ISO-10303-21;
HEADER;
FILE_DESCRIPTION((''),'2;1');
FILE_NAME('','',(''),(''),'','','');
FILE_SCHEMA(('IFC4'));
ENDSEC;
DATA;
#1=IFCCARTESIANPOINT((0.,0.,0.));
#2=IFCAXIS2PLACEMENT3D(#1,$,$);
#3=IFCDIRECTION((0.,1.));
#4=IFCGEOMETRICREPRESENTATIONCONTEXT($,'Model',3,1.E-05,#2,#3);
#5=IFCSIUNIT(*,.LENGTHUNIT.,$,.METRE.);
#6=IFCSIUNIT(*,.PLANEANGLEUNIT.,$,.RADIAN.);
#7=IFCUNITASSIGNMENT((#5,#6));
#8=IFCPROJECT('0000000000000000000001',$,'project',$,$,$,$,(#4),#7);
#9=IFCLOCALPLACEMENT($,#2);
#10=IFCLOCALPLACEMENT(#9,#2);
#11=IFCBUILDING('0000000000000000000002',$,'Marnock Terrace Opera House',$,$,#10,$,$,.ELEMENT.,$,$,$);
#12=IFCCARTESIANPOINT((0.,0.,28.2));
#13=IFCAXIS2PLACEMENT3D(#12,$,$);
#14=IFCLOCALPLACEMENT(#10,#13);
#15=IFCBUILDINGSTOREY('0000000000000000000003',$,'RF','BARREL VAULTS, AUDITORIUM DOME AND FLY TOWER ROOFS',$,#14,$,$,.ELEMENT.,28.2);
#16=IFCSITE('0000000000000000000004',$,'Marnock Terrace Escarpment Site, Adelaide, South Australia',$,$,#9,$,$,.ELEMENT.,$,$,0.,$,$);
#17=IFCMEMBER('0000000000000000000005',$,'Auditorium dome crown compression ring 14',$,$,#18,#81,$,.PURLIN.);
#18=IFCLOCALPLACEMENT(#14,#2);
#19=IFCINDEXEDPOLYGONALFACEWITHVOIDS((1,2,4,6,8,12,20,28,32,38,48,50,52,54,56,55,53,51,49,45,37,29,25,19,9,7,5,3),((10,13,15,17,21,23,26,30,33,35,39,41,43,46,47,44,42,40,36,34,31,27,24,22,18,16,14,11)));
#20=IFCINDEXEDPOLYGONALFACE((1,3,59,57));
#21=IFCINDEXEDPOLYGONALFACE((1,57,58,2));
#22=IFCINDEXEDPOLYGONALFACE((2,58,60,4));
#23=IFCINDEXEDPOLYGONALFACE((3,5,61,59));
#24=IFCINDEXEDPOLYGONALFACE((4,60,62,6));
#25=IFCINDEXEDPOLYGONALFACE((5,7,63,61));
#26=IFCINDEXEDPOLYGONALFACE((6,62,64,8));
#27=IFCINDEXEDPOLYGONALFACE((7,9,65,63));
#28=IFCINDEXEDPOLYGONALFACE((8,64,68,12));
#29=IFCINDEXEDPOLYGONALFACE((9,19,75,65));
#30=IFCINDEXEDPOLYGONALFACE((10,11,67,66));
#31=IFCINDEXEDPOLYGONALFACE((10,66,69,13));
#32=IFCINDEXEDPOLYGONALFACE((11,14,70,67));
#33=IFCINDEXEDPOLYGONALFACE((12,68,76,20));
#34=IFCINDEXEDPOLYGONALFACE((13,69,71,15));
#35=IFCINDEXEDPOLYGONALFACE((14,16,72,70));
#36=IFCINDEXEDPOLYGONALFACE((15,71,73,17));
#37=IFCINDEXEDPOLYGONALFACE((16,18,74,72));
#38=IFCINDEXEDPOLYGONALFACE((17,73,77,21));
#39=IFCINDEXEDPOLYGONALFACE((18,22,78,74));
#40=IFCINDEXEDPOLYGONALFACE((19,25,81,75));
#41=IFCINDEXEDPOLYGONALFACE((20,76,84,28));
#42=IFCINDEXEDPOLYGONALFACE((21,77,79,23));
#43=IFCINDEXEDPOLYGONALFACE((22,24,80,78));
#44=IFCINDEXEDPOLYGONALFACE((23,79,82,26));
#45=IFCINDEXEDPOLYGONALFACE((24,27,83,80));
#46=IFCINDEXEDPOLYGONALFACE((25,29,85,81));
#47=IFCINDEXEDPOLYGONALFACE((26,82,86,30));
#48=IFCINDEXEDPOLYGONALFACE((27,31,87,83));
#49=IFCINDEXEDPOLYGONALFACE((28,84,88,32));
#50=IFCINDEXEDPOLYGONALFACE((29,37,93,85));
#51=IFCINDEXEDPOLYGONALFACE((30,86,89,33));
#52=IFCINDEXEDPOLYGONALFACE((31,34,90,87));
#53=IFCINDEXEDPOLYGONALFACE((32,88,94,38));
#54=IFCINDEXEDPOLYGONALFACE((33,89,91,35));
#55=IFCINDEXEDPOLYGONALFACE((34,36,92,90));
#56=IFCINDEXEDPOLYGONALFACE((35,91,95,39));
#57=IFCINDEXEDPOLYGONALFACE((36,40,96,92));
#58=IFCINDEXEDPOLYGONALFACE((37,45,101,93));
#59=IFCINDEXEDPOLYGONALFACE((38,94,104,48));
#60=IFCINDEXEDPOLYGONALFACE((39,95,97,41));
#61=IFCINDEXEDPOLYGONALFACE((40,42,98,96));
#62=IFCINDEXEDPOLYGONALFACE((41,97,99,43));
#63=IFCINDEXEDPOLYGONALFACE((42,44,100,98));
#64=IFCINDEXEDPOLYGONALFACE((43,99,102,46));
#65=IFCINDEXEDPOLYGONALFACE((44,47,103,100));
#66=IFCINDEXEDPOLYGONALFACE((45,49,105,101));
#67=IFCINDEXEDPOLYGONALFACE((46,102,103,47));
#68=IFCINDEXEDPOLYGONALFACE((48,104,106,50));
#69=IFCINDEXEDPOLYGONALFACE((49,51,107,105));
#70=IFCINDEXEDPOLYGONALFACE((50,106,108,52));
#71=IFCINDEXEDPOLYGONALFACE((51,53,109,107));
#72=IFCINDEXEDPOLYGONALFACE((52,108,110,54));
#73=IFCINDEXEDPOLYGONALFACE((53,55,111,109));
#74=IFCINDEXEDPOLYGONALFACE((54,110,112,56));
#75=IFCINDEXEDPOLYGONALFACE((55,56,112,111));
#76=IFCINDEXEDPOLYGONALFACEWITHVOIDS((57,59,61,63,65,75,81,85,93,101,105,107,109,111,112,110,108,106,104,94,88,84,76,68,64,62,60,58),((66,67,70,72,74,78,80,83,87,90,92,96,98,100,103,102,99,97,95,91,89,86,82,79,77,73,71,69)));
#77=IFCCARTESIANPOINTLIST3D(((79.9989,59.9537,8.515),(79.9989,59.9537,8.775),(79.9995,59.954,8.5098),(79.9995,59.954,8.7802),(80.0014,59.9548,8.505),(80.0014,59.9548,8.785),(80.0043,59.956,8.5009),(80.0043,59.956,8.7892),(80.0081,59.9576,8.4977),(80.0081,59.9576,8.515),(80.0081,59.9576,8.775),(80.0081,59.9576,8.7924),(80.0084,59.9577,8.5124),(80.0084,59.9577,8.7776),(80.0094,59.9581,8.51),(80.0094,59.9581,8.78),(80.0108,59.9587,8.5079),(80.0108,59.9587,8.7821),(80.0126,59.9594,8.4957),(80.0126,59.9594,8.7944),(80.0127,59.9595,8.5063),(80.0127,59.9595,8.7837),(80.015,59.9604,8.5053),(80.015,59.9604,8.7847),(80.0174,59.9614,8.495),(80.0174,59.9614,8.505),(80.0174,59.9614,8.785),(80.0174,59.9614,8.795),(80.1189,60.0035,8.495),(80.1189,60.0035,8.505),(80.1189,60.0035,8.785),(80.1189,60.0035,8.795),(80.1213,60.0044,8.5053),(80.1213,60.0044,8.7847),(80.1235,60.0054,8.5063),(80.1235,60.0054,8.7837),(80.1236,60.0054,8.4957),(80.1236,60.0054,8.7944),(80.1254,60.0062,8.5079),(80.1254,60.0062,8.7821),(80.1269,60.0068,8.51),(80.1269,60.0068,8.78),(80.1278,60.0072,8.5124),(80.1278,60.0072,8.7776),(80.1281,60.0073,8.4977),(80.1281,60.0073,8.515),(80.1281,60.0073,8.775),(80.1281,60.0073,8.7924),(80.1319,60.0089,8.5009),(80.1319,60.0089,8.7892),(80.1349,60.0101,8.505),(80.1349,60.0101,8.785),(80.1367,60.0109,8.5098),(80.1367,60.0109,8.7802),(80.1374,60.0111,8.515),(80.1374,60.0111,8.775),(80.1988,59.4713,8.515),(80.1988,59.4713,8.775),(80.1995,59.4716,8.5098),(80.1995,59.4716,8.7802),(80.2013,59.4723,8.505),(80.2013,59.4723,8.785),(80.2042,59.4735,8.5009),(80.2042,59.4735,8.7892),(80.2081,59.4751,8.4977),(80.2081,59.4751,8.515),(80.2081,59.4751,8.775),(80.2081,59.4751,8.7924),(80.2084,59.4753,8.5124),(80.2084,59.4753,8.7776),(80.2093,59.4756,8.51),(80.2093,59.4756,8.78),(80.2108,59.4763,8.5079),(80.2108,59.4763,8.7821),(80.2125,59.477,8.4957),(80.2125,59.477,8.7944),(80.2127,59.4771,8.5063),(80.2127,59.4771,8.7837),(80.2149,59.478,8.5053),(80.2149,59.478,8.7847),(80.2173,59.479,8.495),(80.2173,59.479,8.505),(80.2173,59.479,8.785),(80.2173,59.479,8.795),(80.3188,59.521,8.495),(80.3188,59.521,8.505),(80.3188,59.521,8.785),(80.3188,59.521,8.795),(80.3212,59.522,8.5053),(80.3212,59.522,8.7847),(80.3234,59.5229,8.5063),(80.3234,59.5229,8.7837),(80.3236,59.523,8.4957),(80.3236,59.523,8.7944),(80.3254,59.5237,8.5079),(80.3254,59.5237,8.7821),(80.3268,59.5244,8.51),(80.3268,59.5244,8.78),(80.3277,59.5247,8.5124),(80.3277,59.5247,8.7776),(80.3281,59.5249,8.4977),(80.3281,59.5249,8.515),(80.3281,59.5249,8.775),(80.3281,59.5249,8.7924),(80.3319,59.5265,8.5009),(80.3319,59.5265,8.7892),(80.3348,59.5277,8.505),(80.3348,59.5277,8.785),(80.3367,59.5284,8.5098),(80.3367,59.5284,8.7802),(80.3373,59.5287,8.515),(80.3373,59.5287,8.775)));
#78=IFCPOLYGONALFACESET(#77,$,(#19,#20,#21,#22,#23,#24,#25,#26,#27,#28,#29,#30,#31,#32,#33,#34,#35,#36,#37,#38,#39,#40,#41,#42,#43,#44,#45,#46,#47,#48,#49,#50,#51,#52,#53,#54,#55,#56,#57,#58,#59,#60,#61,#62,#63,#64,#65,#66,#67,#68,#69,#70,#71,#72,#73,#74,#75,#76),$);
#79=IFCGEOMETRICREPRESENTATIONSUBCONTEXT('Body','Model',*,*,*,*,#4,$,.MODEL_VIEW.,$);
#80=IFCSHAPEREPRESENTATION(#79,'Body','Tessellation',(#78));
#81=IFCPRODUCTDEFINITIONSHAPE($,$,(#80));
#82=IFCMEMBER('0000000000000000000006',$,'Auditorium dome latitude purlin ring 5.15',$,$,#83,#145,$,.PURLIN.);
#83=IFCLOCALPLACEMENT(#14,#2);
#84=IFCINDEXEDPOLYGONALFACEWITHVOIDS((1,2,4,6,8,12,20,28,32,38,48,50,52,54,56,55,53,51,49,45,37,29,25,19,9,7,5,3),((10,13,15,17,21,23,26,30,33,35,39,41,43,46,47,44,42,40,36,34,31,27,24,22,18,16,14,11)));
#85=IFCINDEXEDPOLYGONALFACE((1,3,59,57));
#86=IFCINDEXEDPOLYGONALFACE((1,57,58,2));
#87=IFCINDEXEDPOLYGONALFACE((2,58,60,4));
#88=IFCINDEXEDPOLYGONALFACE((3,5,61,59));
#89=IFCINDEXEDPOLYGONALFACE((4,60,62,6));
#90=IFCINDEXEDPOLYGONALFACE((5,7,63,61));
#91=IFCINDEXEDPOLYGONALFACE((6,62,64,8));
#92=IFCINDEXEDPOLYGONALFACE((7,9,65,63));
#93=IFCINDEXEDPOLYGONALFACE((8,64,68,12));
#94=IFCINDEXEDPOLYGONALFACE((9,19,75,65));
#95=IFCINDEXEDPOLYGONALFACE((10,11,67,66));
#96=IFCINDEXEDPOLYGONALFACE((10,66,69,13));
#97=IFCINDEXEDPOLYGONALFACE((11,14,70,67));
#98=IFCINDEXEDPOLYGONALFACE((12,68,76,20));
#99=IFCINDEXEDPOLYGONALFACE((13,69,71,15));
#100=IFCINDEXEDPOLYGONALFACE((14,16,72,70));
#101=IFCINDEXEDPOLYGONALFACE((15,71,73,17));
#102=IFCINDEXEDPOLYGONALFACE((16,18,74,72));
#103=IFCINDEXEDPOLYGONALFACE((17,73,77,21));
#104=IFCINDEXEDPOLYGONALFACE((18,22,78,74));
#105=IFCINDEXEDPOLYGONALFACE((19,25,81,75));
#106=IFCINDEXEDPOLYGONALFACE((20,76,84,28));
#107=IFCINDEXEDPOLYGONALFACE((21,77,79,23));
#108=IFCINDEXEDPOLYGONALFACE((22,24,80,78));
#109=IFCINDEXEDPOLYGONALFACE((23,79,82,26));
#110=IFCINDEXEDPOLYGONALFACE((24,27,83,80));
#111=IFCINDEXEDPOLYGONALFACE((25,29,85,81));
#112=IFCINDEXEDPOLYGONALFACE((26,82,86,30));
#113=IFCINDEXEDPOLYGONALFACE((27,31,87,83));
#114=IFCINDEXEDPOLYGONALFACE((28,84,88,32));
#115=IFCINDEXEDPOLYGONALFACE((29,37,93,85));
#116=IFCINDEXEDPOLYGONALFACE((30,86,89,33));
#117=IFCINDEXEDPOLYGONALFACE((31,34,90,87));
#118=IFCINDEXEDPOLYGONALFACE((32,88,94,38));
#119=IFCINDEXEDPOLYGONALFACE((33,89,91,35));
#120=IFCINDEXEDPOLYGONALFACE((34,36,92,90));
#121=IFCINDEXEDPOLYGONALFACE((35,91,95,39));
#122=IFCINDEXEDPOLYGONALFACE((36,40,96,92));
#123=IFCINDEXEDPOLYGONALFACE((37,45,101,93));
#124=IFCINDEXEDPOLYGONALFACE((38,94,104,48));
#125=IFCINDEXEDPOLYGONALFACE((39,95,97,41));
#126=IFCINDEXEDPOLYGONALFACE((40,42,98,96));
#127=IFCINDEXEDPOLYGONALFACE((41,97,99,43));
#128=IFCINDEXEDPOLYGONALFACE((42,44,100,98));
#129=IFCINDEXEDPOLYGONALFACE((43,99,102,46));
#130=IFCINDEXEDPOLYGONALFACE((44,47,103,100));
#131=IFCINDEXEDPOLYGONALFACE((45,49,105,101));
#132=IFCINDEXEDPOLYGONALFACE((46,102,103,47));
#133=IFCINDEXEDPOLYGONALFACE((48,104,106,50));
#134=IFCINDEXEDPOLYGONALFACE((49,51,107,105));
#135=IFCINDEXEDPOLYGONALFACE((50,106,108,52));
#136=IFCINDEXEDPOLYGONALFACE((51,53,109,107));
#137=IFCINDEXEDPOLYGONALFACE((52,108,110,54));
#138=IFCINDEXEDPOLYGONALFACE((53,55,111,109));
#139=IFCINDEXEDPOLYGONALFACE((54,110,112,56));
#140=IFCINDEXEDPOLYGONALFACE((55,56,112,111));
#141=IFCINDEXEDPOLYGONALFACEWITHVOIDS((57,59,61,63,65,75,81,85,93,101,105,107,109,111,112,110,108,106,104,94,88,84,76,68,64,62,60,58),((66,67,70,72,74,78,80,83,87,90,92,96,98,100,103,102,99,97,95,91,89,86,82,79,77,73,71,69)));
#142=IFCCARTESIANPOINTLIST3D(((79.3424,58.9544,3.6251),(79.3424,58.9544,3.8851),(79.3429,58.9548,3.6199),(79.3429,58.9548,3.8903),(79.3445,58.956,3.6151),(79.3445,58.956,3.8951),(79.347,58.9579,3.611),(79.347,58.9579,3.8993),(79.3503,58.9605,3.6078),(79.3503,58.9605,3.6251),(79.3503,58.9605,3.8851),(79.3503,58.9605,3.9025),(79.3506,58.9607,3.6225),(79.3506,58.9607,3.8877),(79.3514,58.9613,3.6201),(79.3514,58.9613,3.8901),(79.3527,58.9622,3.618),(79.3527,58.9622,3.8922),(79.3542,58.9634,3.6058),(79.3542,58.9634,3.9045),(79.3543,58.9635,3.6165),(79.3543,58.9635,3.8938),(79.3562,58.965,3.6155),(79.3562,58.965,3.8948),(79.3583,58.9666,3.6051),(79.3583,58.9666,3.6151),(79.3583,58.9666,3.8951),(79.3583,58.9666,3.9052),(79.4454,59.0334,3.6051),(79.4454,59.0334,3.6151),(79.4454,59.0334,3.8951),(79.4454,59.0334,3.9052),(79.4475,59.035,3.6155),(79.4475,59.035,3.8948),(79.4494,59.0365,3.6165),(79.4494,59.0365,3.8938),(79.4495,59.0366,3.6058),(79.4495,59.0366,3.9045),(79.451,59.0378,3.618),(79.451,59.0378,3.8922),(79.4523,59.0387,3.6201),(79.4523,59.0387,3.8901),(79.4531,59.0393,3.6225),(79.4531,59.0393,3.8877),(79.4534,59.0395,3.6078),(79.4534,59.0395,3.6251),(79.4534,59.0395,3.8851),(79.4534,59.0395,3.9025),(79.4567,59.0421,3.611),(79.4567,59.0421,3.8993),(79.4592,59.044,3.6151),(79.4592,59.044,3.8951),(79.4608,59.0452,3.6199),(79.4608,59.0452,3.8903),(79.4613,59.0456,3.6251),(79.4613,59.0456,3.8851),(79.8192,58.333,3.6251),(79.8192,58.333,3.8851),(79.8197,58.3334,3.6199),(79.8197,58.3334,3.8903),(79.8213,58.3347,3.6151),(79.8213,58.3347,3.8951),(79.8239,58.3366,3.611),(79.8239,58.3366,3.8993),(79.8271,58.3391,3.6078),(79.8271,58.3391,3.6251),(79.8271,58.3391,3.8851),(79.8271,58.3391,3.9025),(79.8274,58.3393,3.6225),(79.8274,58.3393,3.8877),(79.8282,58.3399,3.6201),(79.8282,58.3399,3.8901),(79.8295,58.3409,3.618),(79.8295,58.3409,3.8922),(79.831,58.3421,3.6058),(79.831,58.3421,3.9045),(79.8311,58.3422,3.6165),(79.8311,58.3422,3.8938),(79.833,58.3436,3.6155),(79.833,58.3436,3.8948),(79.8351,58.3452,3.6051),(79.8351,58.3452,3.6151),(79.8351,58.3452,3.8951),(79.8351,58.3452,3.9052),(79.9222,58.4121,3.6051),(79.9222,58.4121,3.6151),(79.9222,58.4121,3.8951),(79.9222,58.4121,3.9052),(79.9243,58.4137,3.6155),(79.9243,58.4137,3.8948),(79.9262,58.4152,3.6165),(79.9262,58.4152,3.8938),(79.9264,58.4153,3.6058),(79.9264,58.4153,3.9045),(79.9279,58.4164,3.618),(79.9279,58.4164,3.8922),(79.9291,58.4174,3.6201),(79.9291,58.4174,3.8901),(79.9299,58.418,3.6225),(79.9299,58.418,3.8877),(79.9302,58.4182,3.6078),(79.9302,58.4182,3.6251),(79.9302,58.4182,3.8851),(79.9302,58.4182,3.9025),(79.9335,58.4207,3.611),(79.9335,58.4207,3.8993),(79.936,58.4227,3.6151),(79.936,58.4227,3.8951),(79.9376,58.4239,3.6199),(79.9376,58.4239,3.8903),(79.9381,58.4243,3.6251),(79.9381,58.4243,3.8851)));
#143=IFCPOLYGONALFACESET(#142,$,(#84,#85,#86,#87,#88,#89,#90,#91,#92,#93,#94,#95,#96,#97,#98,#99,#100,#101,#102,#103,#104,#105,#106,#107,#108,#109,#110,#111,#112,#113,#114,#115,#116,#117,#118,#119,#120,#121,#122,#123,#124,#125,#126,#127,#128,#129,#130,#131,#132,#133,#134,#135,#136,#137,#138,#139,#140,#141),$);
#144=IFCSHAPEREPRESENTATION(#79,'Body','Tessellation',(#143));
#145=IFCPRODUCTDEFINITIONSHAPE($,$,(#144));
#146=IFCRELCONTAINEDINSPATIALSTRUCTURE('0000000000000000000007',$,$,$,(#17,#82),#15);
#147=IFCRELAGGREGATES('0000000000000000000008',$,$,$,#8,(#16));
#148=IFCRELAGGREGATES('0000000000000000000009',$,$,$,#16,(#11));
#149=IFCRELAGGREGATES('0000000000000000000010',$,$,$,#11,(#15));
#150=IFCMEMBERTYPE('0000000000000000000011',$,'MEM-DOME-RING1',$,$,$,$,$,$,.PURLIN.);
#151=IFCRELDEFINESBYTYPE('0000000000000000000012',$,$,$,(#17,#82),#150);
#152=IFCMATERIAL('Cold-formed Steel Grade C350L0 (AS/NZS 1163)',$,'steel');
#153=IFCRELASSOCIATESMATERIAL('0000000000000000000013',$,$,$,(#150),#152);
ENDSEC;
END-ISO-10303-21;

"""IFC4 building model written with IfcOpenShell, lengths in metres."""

from ifc_helpers import new_model, si_unit, direction, frame, origin, origin_2d, place, context, subcontext, project, spatial, hollow_rectangle, extrude, material, material_profile, profile_set, type_object, element, save


model = new_model("IFC4")

# Units and contexts
model_context = context("Model", 3, precision=1e-05, world=origin(), true_north=direction((0.0, 1.0)))
body_context = subcontext(model_context, "Body", "Model", "MODEL_VIEW")
ifc_project = project(units=[si_unit("LENGTHUNIT", "METRE"), si_unit("PLANEANGLEUNIT", "RADIAN")], contexts=[model_context])

# Site, building, storey
site_placement = place(None, origin())
site = spatial("IfcSite", under=ifc_project, at=site_placement, Name="Marnock Terrace Escarpment Site, Adelaide, South Australia", CompositionType="ELEMENT", RefElevation=0.0)
building_placement = place(site_placement, origin())
building = spatial("IfcBuilding", under=site, at=building_placement, Name="Marnock Terrace Opera House", CompositionType="ELEMENT")
storey_placement = place(building_placement, frame((0.0, 0.0, 28.2)))
storey = spatial("IfcBuildingStorey", under=building, at=storey_placement, Name="RF", Description="BARREL VAULTS, AUDITORIUM DOME AND FLY TOWER ROOFS", CompositionType="ELEMENT", Elevation=28.2)

# Members
ifc_material_1 = material(Name="Cold-formed Steel Grade C350L0 (AS/NZS 1163)", Category="steel")
ifc_material_profile_1 = material_profile(ifc_material_1, hollow_rectangle(XDim=0.1499, YDim=0.3, WallThickness=0.01, InnerFilletRadius=0.01, OuterFilletRadius=0.02, at=origin_2d()))
ifc_profile_set_1 = profile_set([ifc_material_profile_1], Name="Cold-formed Steel Grade C350L0 (AS/NZS 1163)")
member_type_1 = type_object("IfcMemberType", Name="MEM-DOME-RING1", PredefinedType="PURLIN", material=ifc_profile_set_1)
member_1_placement = place(storey_placement, frame((80.0681, 59.9824, 8.645), z_axis=(0.382889, -0.923795, 0.0), x_axis=(0.923795, 0.382889, 0.0)))
element("IfcMember", 1, at=member_1_placement, inside=storey, type_object=member_type_1, Name="Auditorium dome crown compression ring 14", PredefinedType="PURLIN", context=body_context, shape_type="SweptSolid", body=[
    extrude(hollow_rectangle(XDim=0.1499, YDim=0.3, WallThickness=0.01, InnerFilletRadius=0.01, OuterFilletRadius=0.02, at=origin_2d()), origin(), (0.0, 0.0, 1.0), 0.5222),
])
member_2_placement = place(storey_placement, frame((79.4019, 59.0, 3.7551), z_axis=(0.608791, -0.79333, 0.0), x_axis=(0.79333, 0.608791, 0.0)))
element("IfcMember", 2, at=member_2_placement, inside=storey, type_object=member_type_1, Name="Auditorium dome latitude purlin ring 5.15", PredefinedType="PURLIN", context=body_context, shape_type="SweptSolid", body=[
    extrude(hollow_rectangle(XDim=0.1499, YDim=0.3, WallThickness=0.01, InnerFilletRadius=0.01, OuterFilletRadius=0.02, at=origin_2d()), origin(), (0.0, 0.0, 1.0), 0.7832),
])

save(model, "model.ifc")
